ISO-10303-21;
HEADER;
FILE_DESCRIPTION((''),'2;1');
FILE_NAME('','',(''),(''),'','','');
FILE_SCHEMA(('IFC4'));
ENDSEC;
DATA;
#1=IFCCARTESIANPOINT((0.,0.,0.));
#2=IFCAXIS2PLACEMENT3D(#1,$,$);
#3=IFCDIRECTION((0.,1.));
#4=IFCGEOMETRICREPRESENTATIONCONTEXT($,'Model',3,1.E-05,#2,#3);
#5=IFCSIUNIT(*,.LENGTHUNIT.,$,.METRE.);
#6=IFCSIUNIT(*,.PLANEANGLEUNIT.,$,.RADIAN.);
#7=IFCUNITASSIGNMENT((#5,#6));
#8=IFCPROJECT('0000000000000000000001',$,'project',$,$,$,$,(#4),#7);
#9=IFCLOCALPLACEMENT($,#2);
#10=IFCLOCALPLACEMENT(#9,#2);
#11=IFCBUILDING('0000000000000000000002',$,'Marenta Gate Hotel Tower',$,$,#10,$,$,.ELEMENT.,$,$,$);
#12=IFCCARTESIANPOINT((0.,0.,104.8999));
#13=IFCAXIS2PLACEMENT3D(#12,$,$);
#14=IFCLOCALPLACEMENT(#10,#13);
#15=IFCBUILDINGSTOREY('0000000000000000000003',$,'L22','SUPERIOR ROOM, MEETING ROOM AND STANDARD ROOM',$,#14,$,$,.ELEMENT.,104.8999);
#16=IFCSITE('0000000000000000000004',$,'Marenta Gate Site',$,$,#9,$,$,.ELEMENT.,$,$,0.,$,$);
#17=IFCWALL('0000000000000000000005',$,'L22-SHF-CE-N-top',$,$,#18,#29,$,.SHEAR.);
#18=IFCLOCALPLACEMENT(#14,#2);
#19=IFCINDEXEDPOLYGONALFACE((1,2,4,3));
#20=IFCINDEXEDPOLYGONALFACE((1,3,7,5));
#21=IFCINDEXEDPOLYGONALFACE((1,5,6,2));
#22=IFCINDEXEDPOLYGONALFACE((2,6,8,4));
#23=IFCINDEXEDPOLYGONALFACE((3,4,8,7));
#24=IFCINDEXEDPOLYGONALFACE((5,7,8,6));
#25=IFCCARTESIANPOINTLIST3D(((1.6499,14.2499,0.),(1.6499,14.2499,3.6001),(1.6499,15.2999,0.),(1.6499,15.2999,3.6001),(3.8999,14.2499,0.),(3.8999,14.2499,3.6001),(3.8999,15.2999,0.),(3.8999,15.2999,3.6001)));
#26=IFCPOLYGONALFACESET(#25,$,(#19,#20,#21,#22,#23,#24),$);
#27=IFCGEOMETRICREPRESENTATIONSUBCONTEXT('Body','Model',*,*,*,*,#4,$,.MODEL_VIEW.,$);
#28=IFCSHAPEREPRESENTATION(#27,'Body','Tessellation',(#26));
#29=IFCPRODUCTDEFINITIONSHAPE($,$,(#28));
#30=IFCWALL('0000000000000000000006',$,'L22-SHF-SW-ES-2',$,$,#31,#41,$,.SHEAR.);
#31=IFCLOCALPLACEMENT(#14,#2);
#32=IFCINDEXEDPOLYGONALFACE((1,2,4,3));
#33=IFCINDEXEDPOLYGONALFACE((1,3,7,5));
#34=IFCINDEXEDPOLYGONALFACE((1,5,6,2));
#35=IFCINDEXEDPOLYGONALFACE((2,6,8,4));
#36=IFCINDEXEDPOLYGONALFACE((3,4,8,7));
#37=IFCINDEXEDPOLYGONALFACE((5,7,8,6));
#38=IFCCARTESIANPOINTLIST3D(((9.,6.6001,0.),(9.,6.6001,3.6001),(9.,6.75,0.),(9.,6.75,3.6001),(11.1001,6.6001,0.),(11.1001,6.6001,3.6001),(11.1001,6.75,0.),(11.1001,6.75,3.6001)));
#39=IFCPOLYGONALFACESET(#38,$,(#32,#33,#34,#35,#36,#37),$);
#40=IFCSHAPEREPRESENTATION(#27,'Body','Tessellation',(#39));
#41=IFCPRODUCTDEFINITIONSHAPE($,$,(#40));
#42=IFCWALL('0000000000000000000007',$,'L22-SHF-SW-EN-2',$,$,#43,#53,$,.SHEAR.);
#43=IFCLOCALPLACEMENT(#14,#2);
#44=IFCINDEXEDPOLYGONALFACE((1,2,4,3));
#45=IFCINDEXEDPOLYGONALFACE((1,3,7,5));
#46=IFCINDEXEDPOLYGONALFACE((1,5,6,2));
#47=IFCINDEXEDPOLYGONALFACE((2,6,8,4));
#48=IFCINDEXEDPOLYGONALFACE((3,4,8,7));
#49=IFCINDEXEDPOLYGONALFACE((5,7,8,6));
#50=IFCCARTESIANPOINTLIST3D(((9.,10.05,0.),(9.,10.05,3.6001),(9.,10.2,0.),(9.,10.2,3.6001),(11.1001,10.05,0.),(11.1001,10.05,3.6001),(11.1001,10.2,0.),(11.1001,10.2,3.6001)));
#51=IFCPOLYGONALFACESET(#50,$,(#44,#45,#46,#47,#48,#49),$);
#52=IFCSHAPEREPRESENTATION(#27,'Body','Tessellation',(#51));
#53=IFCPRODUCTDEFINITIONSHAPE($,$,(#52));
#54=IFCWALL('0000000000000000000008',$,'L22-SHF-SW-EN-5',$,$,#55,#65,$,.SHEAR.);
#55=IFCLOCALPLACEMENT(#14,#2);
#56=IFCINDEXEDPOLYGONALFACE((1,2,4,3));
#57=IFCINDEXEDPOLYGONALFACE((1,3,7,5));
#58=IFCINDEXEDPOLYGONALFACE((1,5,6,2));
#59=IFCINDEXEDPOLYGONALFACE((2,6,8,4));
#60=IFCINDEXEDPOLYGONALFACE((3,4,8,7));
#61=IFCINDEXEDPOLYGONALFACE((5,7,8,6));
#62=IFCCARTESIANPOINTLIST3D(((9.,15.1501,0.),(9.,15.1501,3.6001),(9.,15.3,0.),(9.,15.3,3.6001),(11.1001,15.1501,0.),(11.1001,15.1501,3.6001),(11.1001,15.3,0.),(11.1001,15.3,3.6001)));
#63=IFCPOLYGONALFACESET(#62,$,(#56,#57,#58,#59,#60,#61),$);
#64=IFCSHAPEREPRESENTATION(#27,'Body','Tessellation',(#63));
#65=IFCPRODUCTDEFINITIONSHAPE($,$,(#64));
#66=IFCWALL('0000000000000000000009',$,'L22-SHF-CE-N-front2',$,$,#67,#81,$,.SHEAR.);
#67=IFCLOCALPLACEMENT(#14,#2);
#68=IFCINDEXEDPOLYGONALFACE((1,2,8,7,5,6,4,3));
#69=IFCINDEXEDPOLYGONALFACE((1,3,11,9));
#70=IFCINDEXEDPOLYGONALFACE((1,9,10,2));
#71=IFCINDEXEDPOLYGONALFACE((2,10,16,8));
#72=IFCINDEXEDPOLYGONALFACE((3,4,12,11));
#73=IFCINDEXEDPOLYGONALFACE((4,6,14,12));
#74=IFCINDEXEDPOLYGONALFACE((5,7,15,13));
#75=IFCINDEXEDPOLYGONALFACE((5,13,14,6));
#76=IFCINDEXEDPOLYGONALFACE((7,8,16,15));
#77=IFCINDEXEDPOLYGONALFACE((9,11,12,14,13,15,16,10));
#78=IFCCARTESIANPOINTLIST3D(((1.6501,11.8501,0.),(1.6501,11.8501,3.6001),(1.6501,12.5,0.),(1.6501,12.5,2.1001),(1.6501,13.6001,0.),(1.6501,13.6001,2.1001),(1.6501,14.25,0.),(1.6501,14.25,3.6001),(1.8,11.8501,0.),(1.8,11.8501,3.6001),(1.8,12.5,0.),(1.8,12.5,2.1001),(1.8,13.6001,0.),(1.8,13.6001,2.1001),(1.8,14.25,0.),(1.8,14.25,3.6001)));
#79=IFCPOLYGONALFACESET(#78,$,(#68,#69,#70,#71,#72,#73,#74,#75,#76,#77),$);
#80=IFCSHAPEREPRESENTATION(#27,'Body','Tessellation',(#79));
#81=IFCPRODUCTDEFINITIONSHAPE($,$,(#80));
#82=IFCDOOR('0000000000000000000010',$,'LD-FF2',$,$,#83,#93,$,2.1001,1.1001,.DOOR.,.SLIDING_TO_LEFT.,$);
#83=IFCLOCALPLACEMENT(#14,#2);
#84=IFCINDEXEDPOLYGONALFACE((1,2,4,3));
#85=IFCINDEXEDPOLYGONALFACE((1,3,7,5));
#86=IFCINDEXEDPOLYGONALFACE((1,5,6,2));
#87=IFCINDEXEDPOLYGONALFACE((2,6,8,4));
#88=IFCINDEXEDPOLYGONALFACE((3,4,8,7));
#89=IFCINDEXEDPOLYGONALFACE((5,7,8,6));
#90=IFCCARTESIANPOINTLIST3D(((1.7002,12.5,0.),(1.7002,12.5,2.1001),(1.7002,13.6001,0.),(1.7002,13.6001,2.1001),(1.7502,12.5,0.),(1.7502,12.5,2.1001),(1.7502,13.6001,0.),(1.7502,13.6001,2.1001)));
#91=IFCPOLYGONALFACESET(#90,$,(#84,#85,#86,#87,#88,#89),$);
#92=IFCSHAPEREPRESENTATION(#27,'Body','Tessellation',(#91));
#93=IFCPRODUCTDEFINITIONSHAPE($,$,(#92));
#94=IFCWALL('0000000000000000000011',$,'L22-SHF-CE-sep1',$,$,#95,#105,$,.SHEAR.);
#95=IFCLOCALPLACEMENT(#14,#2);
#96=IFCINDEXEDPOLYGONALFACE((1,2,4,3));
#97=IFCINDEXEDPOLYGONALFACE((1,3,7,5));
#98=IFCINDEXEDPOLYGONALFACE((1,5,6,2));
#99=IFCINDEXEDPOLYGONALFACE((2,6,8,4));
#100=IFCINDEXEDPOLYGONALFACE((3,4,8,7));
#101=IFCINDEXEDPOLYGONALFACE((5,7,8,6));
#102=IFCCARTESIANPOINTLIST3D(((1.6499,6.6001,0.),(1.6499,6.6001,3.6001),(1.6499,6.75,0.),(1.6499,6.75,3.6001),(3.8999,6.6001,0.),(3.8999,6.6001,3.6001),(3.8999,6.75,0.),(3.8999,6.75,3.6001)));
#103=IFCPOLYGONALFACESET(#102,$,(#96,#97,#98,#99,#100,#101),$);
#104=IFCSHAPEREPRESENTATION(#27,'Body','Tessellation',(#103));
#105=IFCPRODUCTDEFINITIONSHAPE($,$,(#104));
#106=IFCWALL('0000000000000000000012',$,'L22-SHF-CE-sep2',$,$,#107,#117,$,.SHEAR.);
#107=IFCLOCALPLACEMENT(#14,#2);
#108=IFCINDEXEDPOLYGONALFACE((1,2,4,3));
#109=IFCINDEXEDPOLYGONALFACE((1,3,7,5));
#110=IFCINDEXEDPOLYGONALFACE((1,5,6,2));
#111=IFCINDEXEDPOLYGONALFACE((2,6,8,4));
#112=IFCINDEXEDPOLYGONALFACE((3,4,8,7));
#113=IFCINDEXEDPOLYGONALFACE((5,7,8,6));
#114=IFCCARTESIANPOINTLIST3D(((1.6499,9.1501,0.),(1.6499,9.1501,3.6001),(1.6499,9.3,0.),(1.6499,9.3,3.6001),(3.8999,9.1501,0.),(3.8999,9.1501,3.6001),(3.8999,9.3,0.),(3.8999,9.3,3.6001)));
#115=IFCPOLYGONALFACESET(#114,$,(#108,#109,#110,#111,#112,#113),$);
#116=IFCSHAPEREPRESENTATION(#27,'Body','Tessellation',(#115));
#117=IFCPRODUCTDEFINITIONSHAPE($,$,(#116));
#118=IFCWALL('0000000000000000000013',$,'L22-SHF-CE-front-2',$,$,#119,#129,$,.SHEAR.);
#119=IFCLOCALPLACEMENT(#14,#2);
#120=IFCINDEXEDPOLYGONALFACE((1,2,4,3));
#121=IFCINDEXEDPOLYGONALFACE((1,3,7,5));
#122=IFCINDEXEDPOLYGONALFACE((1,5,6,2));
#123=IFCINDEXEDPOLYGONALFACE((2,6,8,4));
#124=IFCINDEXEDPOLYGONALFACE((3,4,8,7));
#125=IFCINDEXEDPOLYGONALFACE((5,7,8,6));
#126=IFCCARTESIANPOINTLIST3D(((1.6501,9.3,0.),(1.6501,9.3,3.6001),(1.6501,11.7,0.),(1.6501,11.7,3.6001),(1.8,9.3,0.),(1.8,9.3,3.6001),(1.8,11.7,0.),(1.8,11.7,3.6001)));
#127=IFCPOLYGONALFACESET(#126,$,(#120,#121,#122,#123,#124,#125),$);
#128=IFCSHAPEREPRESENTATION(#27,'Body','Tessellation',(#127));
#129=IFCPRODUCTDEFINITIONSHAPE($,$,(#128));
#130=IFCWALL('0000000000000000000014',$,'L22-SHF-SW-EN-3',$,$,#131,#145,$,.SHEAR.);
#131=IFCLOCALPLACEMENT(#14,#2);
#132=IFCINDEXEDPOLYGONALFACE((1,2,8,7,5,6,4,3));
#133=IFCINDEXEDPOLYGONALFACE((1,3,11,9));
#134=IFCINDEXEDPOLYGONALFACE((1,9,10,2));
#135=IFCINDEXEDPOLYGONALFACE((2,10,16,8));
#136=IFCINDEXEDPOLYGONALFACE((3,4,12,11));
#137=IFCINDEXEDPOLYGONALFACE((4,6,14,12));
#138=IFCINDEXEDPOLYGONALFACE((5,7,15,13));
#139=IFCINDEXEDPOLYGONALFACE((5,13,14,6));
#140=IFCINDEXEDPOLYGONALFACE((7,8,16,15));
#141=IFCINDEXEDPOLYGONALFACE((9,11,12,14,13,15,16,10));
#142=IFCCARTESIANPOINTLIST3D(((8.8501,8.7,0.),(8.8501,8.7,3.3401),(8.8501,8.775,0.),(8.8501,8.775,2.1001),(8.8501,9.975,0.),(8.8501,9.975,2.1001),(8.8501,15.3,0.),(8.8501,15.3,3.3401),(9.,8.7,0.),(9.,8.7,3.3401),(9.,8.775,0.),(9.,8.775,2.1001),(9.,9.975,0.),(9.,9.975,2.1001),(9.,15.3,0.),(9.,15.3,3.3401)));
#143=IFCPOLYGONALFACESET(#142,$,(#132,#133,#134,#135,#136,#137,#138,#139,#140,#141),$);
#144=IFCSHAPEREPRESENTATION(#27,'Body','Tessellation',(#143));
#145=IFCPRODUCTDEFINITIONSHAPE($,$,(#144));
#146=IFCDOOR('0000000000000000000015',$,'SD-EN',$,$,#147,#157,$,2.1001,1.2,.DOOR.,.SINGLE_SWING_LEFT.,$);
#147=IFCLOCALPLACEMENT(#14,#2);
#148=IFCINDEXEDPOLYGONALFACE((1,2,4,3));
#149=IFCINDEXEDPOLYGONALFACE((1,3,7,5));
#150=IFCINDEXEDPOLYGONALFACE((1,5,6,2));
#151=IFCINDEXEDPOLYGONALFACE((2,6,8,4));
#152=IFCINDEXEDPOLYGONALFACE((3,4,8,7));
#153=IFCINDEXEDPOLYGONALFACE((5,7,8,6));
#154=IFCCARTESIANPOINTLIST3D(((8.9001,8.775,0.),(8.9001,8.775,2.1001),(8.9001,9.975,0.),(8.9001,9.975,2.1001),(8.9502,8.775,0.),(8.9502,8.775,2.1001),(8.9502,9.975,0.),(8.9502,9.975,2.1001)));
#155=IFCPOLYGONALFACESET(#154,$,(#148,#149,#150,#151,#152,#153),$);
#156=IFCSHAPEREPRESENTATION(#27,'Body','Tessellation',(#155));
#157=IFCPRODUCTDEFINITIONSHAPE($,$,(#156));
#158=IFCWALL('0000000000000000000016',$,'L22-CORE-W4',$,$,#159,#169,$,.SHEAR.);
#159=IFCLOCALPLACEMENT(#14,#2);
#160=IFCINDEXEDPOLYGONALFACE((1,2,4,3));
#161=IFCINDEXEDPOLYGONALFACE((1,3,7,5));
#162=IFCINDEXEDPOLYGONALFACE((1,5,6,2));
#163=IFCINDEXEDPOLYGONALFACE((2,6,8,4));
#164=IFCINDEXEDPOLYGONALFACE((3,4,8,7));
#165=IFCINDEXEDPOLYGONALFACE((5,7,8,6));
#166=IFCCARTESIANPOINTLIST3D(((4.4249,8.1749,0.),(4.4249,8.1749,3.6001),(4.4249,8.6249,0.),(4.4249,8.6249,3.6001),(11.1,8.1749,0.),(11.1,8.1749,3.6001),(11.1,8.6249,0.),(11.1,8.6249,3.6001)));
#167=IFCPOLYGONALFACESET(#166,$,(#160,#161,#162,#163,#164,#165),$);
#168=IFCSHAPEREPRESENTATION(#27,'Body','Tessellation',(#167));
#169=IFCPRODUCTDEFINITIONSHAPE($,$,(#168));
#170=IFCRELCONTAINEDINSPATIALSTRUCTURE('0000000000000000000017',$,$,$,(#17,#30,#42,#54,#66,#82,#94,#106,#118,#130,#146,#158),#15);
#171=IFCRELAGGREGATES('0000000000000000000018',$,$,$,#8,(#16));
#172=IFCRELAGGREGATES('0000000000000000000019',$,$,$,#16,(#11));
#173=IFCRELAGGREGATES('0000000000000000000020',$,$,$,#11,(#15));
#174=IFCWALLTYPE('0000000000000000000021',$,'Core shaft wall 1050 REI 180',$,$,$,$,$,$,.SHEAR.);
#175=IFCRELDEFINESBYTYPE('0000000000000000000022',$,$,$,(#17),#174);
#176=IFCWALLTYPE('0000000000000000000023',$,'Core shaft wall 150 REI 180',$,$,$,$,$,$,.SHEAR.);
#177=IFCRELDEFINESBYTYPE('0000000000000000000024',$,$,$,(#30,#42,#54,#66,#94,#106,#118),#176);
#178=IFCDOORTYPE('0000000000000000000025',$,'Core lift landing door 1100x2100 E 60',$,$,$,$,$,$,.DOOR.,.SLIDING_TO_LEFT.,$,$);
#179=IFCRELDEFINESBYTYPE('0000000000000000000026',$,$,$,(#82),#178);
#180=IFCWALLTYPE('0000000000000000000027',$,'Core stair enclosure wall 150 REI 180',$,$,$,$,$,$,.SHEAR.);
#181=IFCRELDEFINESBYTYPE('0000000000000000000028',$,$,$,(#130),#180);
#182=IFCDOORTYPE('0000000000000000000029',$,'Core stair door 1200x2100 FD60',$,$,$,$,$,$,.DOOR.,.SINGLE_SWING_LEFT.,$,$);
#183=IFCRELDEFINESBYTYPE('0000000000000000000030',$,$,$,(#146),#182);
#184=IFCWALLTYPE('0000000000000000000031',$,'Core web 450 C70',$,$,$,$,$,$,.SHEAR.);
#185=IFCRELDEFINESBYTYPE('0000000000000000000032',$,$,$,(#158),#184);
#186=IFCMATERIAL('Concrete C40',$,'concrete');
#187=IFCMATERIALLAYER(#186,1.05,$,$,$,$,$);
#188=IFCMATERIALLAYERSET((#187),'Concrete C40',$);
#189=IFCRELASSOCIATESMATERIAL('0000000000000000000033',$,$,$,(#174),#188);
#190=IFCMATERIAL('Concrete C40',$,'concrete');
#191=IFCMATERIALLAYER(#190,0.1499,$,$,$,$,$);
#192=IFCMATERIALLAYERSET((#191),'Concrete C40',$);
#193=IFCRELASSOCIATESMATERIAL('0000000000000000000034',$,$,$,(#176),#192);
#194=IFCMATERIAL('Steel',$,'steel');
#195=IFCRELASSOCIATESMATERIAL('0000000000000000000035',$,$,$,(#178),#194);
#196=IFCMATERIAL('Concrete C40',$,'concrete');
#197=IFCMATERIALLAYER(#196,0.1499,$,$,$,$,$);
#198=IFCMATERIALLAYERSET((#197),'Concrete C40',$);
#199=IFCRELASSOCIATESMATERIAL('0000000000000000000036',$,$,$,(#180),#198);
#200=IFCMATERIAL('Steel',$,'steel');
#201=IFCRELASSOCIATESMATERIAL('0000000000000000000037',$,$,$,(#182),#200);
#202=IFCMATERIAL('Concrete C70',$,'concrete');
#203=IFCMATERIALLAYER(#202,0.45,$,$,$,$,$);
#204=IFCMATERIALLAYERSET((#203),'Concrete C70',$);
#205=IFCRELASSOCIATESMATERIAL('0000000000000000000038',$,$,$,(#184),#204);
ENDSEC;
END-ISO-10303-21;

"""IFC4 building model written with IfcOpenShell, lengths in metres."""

from ifc_helpers import new_model, si_unit, direction, frame, frame_2d, origin, place, context, subcontext, project, spatial, rectangle, extrude, material, layer, layer_set, type_object, element, fill, save


model = new_model("IFC4")

# Units and contexts
model_context = context("Model", 3, precision=1e-05, world=origin(), true_north=direction((0.0, 1.0)))
body_context = subcontext(model_context, "Body", "Model", "MODEL_VIEW")
ifc_project = project(units=[si_unit("LENGTHUNIT", "METRE"), si_unit("PLANEANGLEUNIT", "RADIAN")], contexts=[model_context])

# Site, building, storey
site_placement = place(None, origin())
site = spatial("IfcSite", under=ifc_project, at=site_placement, Name="Marenta Gate Site", CompositionType="ELEMENT", RefElevation=0.0)
building_placement = place(site_placement, origin())
building = spatial("IfcBuilding", under=site, at=building_placement, Name="Marenta Gate Hotel Tower", CompositionType="ELEMENT")
storey_placement = place(building_placement, frame((0.0, 0.0, 104.8999)))
storey = spatial("IfcBuildingStorey", under=building, at=storey_placement, Name="L22", Description="SUPERIOR ROOM, MEETING ROOM AND STANDARD ROOM", CompositionType="ELEMENT", Elevation=104.8999)

# Walls
ifc_material_1 = material(Name="Concrete C40", Category="concrete")
ifc_layer_1 = layer(ifc_material_1, 1.05)
ifc_layer_set_1 = layer_set([ifc_layer_1], Name="Concrete C40")
wall_type_1 = type_object("IfcWallType", Name="Core shaft wall 1050 REI 180", PredefinedType="SHEAR", material=ifc_layer_set_1)
wall_1_placement = place(storey_placement, frame((1.6499, 14.7749, 0.0), z_axis=(0.0, 0.0, 1.0), x_axis=(1.0, 0.0, 0.0)))
element("IfcWall", 1, at=wall_1_placement, inside=storey, type_object=wall_type_1, Name="L22-SHF-CE-N-top", PredefinedType="SHEAR", context=body_context, shape_type="SweptSolid", body=[
    extrude(rectangle(XDim=2.25, YDim=1.05, at=frame_2d((1.125, 0.0))), origin(), (0.0, 0.0, 1.0), 3.6001),
])
ifc_material_2 = material(Name="Concrete C40", Category="concrete")
ifc_layer_2 = layer(ifc_material_2, 0.1499)
ifc_layer_set_2 = layer_set([ifc_layer_2], Name="Concrete C40")
wall_type_2 = type_object("IfcWallType", Name="Core shaft wall 150 REI 180", PredefinedType="SHEAR", material=ifc_layer_set_2)
for number, where, z_axis, x_axis, name in (
    (2, (9.0, 6.675, 0.0), (0.0, 0.0, 1.0), (1.0, 0.0, 0.0), "L22-SHF-SW-ES-2"),
    (3, (9.0, 10.125, 0.0), (0.0, 0.0, 1.0), (1.0, 0.0, 0.0), "L22-SHF-SW-EN-2"),
    (4, (9.0, 15.2251, 0.0), (0.0, 0.0, 1.0), (1.0, 0.0, 0.0), "L22-SHF-SW-EN-5"),
):
    element("IfcWall", number, at=place(storey_placement, frame(where, z_axis=z_axis, x_axis=x_axis)), inside=storey, type_object=wall_type_2, Name=name, PredefinedType="SHEAR", context=body_context, shape_type="SweptSolid", body=[
        extrude(rectangle(XDim=2.1001, YDim=0.1499, at=frame_2d((1.05, 0.0))), origin(), (0.0, 0.0, 1.0), 3.6001),
    ])

# Wall, opening, door
wall_2_placement = place(storey_placement, frame((1.7251, 11.8501, 0.0), z_axis=(0.0, 0.0, 1.0), x_axis=(0.0, 1.0, 0.0)))
wall_2 = element("IfcWall", 5, at=wall_2_placement, inside=storey, type_object=wall_type_2, Name="L22-SHF-CE-N-front2", PredefinedType="SHEAR", context=body_context, shape_type="SweptSolid", body=[
    extrude(rectangle(XDim=2.3999, YDim=0.1499, at=frame_2d((1.2, 0.0))), origin(), (0.0, 0.0, 1.0), 3.6001),
])
opening_1_placement = place(wall_2_placement, frame((0.6499, 0.0, 0.0)))
opening_1 = element("IfcOpeningElement", 6, at=opening_1_placement, cuts=wall_2, PredefinedType="OPENING", context=body_context, shape_type="SweptSolid", body=[
    extrude(rectangle(XDim=1.1001, YDim=2.1001, at=frame_2d((0.55, 1.05))), frame((0.0, 0.075, 0.0), z_axis=(0.0, -1.0, 0.0), x_axis=(1.0, 0.0, 0.0)), (0.0, 0.0, 1.0), 0.1499),
])
ifc_material_3 = material(Name="Steel", Category="steel")
door_type_1 = type_object("IfcDoorType", Name="Core lift landing door 1100x2100 E 60", OperationType="SLIDING_TO_LEFT", PredefinedType="DOOR", material=ifc_material_3)
door_1_placement = place(opening_1_placement, origin())
door_1 = element("IfcDoor", 7, at=door_1_placement, inside=storey, type_object=door_type_1, Name="LD-FF2", OperationType="SLIDING_TO_LEFT", OverallHeight=2.1001, OverallWidth=1.1001, PredefinedType="DOOR", context=body_context, shape_type="SweptSolid", body=[
    extrude(rectangle(XDim=1.1001, YDim=2.1001, at=frame_2d((0.55, 1.05))), frame((0.0, 0.0249, 0.0), z_axis=(0.0, -1.0, 0.0), x_axis=(1.0, 0.0, 0.0)), (0.0, 0.0, 1.0), 0.05),
])
fill(opening_1, door_1)

# Walls
for number, where, z_axis, x_axis, name in (
    (8, (1.6499, 6.675, 0.0), (0.0, 0.0, 1.0), (1.0, 0.0, 0.0), "L22-SHF-CE-sep1"),
    (9, (1.6499, 9.2251, 0.0), (0.0, 0.0, 1.0), (1.0, 0.0, 0.0), "L22-SHF-CE-sep2"),
):
    element("IfcWall", number, at=place(storey_placement, frame(where, z_axis=z_axis, x_axis=x_axis)), inside=storey, type_object=wall_type_2, Name=name, PredefinedType="SHEAR", context=body_context, shape_type="SweptSolid", body=[
        extrude(rectangle(XDim=2.25, YDim=0.1499, at=frame_2d((1.125, 0.0))), origin(), (0.0, 0.0, 1.0), 3.6001),
    ])
wall_3_placement = place(storey_placement, frame((1.7251, 9.3, 0.0), z_axis=(0.0, 0.0, 1.0), x_axis=(0.0, 1.0, 0.0)))
element("IfcWall", 10, at=wall_3_placement, inside=storey, type_object=wall_type_2, Name="L22-SHF-CE-front-2", PredefinedType="SHEAR", context=body_context, shape_type="SweptSolid", body=[
    extrude(rectangle(XDim=2.3999, YDim=0.1499, at=frame_2d((1.2, 0.0))), origin(), (0.0, 0.0, 1.0), 3.6001),
])

# Wall, opening, door
ifc_material_4 = material(Name="Concrete C40", Category="concrete")
ifc_layer_3 = layer(ifc_material_4, 0.1499)
ifc_layer_set_3 = layer_set([ifc_layer_3], Name="Concrete C40")
wall_type_3 = type_object("IfcWallType", Name="Core stair enclosure wall 150 REI 180", PredefinedType="SHEAR", material=ifc_layer_set_3)
wall_4_placement = place(storey_placement, frame((8.925, 8.7, 0.0), z_axis=(0.0, 0.0, 1.0), x_axis=(0.0, 1.0, 0.0)))
wall_4 = element("IfcWall", 11, at=wall_4_placement, inside=storey, type_object=wall_type_3, Name="L22-SHF-SW-EN-3", PredefinedType="SHEAR", context=body_context, shape_type="SweptSolid", body=[
    extrude(rectangle(XDim=6.6001, YDim=0.1499, at=frame_2d((3.3, 0.0))), origin(), (0.0, 0.0, 1.0), 3.3401),
])
opening_2_placement = place(wall_4_placement, frame((0.075, 0.0, 0.0)))
opening_2 = element("IfcOpeningElement", 12, at=opening_2_placement, cuts=wall_4, PredefinedType="OPENING", context=body_context, shape_type="SweptSolid", body=[
    extrude(rectangle(XDim=1.2, YDim=2.1001, at=frame_2d((0.6001, 1.05))), frame((0.0, 0.075, 0.0), z_axis=(0.0, -1.0, 0.0), x_axis=(1.0, 0.0, 0.0)), (0.0, 0.0, 1.0), 0.1499),
])
ifc_material_5 = material(Name="Steel", Category="steel")
door_type_2 = type_object("IfcDoorType", Name="Core stair door 1200x2100 FD60", OperationType="SINGLE_SWING_LEFT", PredefinedType="DOOR", material=ifc_material_5)
door_2_placement = place(opening_2_placement, origin())
door_2 = element("IfcDoor", 13, at=door_2_placement, inside=storey, type_object=door_type_2, Name="SD-EN", OperationType="SINGLE_SWING_LEFT", OverallHeight=2.1001, OverallWidth=1.2, PredefinedType="DOOR", context=body_context, shape_type="SweptSolid", body=[
    extrude(rectangle(XDim=1.2, YDim=2.1001, at=frame_2d((0.6001, 1.05))), frame((0.0, 0.0249, 0.0), z_axis=(0.0, -1.0, 0.0), x_axis=(1.0, 0.0, 0.0)), (0.0, 0.0, 1.0), 0.05),
])
fill(opening_2, door_2)

# Wall
ifc_material_6 = material(Name="Concrete C70", Category="concrete")
ifc_layer_4 = layer(ifc_material_6, 0.45)
ifc_layer_set_4 = layer_set([ifc_layer_4], Name="Concrete C70")
wall_type_4 = type_object("IfcWallType", Name="Core web 450 C70", PredefinedType="SHEAR", material=ifc_layer_set_4)
wall_5_placement = place(storey_placement, frame((4.425, 8.3999, 0.0), z_axis=(0.0, 0.0, 1.0), x_axis=(1.0, 0.0, 0.0)))
element("IfcWall", 14, at=wall_5_placement, inside=storey, type_object=wall_type_4, Name="L22-CORE-W4", PredefinedType="SHEAR", context=body_context, shape_type="SweptSolid", body=[
    extrude(rectangle(XDim=6.675, YDim=0.45, at=frame_2d((3.3374, 0.0))), origin(), (0.0, 0.0, 1.0), 3.6001),
])

save(model, "model.ifc")
